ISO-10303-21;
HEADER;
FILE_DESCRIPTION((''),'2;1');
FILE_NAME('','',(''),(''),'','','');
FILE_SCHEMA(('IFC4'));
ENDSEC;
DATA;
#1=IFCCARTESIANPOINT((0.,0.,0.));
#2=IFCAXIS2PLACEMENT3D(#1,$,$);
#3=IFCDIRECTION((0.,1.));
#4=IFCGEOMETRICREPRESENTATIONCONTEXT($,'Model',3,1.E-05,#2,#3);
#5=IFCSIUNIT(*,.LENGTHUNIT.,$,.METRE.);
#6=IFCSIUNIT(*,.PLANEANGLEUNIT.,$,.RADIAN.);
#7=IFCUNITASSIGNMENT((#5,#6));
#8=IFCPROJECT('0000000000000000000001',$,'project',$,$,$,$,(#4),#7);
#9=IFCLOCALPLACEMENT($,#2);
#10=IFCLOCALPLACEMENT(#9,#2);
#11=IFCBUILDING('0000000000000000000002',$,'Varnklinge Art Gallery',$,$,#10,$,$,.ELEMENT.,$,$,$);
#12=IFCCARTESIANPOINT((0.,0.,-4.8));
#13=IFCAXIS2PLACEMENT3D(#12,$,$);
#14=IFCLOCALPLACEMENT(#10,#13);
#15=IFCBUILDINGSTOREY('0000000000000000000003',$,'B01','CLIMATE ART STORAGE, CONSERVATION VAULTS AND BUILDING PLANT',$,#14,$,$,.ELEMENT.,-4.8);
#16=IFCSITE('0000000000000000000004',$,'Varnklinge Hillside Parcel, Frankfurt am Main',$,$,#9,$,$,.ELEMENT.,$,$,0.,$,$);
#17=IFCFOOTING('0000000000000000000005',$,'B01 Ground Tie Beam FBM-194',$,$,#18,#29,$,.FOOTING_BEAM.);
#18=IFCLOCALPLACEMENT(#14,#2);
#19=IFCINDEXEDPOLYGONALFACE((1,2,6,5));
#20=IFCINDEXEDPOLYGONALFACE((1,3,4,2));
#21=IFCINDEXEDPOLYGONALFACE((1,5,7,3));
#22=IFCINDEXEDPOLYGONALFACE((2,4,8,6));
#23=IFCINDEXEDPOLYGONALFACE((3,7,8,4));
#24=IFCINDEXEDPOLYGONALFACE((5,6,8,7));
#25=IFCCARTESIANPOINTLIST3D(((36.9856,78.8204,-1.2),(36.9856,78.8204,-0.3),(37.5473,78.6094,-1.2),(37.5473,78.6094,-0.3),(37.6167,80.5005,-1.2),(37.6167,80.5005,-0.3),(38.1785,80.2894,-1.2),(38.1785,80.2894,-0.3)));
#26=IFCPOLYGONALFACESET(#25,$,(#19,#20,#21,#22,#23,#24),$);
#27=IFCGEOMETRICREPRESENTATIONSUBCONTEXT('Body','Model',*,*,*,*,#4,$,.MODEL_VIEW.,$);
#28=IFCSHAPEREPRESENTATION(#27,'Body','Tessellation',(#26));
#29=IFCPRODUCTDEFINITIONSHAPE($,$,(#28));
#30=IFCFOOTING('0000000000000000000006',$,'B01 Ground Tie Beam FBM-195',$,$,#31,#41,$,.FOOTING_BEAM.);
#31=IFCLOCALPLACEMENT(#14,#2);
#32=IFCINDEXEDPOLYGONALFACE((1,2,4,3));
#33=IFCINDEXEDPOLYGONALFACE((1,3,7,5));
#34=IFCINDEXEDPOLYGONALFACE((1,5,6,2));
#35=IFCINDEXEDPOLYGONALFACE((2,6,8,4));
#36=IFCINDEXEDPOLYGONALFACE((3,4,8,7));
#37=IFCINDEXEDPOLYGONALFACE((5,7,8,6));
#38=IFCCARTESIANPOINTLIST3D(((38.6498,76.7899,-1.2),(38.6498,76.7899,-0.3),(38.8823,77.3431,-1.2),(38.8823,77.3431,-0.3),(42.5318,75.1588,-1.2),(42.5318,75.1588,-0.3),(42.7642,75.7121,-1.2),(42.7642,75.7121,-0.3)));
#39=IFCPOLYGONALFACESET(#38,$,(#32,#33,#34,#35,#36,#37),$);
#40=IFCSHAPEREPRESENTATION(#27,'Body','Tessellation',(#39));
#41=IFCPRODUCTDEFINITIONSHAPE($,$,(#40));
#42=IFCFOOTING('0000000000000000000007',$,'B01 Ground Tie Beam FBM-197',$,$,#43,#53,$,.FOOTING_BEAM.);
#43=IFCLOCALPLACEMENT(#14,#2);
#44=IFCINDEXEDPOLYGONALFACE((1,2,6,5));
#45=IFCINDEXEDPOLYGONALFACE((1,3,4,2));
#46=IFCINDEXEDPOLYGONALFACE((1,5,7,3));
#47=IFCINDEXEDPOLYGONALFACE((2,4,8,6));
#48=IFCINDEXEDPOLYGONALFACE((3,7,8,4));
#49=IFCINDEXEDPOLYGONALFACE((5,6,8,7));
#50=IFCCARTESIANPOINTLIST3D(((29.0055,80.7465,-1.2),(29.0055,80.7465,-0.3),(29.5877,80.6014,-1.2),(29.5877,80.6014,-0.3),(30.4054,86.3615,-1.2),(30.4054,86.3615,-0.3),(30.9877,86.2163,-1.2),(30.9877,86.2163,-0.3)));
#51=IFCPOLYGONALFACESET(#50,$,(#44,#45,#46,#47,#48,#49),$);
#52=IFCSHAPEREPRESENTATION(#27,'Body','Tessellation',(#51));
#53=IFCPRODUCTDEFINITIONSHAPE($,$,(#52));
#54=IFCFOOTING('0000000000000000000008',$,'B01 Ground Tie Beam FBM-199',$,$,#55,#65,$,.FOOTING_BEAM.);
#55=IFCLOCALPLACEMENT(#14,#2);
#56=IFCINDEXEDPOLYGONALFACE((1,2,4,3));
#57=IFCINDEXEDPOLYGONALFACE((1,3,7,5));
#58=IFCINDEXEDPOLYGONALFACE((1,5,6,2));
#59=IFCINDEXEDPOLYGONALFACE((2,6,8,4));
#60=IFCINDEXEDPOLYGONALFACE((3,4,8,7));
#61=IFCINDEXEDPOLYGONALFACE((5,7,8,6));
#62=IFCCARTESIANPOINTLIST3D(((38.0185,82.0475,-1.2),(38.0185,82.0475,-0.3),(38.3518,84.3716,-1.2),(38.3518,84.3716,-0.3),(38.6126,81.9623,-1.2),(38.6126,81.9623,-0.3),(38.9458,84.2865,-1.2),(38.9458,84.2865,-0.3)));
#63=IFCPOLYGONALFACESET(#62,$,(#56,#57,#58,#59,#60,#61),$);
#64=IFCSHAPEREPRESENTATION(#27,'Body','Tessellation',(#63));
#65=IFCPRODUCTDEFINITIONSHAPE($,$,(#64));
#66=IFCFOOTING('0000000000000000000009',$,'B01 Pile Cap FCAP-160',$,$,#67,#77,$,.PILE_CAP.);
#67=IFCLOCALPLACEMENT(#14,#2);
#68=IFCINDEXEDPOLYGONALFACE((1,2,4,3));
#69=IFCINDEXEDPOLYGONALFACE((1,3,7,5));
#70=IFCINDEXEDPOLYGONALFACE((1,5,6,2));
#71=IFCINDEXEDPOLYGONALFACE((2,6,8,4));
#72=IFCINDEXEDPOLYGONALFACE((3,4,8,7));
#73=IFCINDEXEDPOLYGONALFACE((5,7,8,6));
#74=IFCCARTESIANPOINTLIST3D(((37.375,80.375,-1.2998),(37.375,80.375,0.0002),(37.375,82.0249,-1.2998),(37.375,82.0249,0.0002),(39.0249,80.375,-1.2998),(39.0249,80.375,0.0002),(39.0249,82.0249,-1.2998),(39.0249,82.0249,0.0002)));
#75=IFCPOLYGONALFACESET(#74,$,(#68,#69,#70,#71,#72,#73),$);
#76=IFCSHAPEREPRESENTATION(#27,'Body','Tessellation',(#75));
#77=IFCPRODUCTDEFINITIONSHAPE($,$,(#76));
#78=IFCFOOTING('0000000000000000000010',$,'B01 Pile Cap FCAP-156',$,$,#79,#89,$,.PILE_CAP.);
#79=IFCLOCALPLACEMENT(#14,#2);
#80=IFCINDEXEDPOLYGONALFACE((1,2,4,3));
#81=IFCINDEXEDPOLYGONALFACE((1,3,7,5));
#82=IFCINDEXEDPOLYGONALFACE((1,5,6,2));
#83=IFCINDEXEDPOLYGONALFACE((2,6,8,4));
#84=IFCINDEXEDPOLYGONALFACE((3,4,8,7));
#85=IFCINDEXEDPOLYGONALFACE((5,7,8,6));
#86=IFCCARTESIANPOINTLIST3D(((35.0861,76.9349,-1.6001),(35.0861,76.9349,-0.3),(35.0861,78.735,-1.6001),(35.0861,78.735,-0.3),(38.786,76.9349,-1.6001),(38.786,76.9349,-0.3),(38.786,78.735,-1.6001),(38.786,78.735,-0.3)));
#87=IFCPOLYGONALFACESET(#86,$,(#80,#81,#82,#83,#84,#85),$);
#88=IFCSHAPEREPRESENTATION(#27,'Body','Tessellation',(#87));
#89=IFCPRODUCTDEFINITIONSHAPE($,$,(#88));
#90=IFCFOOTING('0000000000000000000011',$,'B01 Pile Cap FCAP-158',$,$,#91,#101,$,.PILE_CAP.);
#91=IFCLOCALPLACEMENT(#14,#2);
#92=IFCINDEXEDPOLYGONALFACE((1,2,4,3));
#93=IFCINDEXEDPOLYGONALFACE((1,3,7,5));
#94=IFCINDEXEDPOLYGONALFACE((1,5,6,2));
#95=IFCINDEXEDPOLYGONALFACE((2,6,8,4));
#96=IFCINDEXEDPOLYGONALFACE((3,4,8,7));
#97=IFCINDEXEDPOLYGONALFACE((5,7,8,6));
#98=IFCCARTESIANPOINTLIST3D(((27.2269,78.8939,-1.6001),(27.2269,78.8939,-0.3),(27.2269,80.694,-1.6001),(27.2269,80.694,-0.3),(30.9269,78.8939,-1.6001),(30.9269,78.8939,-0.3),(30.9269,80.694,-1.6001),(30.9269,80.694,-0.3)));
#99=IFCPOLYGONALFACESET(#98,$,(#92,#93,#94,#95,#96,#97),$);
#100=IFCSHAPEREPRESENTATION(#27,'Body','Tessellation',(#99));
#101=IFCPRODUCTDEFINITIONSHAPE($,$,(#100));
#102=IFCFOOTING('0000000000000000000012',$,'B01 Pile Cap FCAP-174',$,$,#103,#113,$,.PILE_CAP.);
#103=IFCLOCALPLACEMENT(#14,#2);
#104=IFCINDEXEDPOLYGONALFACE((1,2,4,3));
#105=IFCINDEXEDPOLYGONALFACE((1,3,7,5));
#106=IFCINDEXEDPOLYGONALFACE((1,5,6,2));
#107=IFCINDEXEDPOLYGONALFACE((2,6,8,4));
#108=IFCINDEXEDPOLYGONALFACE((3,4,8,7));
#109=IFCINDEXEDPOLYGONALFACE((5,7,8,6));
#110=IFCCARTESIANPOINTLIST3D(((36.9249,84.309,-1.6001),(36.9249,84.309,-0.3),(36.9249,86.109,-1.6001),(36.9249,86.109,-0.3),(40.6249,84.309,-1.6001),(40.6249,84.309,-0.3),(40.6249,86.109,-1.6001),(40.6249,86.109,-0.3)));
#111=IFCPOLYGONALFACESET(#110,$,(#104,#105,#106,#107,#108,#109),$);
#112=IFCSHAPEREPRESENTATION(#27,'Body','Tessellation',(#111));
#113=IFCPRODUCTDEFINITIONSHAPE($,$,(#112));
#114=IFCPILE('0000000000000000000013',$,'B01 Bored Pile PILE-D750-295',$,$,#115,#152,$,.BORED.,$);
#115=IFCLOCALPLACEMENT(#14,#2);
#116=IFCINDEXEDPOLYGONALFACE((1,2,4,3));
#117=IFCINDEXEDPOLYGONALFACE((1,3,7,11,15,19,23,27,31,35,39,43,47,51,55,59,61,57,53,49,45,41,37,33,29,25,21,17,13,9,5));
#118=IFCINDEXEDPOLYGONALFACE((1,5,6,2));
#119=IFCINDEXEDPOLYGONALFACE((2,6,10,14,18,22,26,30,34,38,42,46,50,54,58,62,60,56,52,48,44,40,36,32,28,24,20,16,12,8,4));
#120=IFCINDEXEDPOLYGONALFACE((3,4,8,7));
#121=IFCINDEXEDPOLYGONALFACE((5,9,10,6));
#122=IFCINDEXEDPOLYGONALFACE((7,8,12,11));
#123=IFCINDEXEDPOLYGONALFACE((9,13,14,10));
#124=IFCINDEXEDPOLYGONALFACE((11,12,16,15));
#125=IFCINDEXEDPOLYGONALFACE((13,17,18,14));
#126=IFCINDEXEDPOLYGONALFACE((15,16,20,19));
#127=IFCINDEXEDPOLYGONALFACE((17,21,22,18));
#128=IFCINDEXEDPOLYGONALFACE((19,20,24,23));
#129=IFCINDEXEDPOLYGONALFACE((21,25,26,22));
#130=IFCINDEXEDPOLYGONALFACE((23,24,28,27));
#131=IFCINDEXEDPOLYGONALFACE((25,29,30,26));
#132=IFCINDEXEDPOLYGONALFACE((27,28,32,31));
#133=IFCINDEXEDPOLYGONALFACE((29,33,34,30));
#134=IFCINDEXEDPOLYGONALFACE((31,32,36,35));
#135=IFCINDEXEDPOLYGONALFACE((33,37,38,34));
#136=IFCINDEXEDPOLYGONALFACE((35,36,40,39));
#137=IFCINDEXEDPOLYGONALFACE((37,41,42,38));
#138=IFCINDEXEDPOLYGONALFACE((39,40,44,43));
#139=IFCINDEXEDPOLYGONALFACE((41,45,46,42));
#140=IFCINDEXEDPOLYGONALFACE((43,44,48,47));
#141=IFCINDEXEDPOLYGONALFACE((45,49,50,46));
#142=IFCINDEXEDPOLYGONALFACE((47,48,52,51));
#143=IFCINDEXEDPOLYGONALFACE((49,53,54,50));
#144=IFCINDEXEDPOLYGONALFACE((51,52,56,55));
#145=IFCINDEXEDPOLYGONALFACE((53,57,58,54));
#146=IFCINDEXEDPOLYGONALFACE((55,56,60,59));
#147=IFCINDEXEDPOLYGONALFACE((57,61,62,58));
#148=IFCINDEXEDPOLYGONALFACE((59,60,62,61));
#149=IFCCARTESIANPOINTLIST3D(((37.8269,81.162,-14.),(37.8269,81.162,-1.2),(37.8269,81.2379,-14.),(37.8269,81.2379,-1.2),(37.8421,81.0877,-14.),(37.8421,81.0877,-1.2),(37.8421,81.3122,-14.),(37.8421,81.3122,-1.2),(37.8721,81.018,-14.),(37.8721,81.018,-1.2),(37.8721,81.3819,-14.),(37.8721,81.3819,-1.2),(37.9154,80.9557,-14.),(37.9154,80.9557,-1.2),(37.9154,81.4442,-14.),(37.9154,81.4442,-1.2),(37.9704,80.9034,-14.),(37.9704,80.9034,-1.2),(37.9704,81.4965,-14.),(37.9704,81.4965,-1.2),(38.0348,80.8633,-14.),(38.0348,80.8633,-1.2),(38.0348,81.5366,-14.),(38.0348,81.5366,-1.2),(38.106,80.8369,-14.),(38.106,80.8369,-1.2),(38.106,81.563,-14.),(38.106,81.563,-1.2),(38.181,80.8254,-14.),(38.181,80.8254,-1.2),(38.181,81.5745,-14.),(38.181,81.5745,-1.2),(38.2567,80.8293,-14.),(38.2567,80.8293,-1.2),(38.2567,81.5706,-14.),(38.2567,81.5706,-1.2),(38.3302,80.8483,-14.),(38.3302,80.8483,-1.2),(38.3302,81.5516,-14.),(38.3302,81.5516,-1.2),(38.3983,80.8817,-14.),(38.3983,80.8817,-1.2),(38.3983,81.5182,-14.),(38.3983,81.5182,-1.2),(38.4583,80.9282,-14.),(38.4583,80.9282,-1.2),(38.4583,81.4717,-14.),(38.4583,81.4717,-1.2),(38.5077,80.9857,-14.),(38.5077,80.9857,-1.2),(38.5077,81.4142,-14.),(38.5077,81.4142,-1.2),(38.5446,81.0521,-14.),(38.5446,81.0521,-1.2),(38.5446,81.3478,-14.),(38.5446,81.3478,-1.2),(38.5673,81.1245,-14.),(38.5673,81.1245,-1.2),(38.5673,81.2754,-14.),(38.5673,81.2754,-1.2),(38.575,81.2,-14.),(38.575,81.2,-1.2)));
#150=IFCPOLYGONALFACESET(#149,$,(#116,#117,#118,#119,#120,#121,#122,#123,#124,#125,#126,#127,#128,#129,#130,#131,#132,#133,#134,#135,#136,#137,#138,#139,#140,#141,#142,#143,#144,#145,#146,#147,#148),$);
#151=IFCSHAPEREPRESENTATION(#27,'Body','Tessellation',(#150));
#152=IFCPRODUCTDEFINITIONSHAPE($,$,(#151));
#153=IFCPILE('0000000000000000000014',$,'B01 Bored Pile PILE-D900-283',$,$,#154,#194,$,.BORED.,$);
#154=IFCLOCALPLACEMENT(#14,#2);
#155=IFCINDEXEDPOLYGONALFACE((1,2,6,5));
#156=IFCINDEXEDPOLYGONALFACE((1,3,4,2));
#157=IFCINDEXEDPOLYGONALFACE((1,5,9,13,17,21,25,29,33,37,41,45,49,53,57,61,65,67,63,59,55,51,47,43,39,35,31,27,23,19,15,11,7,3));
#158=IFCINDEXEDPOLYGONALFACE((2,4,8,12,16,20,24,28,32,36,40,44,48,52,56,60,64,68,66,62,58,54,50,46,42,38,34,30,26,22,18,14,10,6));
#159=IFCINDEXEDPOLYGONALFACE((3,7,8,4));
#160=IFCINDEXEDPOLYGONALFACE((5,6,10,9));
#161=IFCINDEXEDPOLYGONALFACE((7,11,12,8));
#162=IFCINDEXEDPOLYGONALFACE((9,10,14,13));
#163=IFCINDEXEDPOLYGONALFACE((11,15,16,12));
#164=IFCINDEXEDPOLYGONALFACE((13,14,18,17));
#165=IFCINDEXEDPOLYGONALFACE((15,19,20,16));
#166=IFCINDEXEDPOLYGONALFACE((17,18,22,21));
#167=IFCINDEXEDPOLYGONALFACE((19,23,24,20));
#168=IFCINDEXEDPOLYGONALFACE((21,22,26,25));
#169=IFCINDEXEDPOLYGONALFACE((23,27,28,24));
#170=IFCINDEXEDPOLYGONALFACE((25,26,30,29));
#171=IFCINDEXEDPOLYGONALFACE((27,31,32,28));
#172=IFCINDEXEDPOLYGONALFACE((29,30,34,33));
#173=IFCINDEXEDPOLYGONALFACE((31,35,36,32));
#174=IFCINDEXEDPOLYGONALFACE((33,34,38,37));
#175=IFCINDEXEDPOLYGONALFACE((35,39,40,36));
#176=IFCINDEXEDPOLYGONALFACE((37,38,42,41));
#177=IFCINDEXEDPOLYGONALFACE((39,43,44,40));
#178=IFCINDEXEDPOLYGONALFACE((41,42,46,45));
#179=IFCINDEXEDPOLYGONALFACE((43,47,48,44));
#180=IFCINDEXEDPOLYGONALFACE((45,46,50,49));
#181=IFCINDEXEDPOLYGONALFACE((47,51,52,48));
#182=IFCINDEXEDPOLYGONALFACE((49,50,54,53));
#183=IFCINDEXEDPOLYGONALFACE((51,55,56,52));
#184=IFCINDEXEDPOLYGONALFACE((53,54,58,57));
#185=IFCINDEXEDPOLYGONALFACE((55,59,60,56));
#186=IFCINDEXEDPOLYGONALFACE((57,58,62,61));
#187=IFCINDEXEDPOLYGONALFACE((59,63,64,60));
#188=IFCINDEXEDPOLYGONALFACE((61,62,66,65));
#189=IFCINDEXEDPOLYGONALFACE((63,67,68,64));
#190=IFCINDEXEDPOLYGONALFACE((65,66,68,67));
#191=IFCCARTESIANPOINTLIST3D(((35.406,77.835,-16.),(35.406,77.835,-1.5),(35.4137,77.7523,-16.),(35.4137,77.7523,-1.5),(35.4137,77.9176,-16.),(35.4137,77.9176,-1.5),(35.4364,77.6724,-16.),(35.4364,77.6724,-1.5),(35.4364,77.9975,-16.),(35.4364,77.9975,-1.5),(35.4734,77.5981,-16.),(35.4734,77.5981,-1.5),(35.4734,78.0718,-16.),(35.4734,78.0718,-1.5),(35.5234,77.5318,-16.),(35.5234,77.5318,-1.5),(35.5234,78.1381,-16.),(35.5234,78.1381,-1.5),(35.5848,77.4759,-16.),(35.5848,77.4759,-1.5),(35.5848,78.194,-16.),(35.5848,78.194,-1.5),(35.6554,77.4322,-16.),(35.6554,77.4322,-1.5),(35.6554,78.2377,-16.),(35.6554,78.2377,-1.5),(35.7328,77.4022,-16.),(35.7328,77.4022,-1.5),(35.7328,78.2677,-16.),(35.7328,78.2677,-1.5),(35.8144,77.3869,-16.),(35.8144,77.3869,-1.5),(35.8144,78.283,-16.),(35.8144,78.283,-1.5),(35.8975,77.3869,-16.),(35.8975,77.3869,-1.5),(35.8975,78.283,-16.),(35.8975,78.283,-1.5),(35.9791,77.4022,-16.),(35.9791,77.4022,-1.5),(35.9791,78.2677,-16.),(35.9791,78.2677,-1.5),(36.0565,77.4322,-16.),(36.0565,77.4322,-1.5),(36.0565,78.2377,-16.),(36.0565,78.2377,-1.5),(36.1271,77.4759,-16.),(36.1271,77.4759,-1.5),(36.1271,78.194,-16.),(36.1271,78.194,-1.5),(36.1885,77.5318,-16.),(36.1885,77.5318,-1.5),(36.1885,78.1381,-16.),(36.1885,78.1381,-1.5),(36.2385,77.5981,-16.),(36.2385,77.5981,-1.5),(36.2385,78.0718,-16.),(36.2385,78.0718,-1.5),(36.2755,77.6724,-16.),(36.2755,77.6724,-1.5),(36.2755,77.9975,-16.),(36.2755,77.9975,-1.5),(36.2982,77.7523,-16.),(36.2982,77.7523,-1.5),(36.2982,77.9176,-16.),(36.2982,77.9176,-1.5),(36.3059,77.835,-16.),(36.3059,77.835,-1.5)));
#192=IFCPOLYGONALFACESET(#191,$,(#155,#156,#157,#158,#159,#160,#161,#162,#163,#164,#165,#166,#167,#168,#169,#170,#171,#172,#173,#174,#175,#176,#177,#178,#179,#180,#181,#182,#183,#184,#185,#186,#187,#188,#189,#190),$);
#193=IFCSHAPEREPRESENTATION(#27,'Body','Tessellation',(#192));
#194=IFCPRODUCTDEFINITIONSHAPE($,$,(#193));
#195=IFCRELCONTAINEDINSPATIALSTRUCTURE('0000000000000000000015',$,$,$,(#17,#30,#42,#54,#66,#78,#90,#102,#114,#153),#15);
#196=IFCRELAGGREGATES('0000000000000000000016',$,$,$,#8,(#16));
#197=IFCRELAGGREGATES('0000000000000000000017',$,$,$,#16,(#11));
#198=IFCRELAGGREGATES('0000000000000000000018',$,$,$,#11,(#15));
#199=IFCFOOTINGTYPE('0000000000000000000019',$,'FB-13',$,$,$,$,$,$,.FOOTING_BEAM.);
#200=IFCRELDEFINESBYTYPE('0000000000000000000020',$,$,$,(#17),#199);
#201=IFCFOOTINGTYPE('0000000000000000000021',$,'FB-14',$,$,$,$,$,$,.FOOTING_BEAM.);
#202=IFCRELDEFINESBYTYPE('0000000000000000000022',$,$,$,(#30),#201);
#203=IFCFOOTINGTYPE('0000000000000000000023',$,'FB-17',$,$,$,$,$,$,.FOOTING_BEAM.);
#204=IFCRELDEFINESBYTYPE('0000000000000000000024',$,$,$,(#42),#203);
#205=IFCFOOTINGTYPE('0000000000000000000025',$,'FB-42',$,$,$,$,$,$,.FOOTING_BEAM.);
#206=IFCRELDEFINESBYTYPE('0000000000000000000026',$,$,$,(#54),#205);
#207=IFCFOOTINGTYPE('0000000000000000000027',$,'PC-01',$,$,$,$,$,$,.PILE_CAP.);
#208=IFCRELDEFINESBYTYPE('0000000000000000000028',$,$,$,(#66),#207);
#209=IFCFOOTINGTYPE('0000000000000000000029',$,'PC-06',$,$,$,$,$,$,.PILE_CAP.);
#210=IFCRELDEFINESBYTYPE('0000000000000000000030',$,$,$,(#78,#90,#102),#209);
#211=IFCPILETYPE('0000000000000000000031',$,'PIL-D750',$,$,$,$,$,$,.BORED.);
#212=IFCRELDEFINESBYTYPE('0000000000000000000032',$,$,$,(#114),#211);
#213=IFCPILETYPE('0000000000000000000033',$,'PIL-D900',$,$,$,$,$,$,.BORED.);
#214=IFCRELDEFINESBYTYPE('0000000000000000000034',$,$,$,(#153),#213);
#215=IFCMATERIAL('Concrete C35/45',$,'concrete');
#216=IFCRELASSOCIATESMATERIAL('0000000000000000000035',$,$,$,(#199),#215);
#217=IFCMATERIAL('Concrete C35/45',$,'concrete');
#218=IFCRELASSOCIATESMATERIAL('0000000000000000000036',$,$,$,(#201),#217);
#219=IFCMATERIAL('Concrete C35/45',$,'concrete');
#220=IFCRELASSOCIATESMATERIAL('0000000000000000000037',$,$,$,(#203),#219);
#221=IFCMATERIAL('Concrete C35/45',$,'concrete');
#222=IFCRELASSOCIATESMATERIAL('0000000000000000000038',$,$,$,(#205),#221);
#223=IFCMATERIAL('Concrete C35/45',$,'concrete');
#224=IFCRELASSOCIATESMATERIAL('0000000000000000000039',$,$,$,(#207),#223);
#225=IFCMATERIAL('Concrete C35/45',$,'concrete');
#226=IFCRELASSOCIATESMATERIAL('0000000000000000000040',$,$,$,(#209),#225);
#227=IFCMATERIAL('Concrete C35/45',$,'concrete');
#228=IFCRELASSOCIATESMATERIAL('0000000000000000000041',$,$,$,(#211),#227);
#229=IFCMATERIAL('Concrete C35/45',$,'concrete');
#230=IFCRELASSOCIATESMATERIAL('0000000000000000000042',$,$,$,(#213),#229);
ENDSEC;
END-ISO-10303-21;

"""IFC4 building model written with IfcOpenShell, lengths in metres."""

from ifc_helpers import new_model, si_unit, direction, frame, origin, origin_2d, place, context, subcontext, project, spatial, rectangle, circle, extrude, material, material_profile, profile_set, type_object, element, save


model = new_model("IFC4")

# Units and contexts
model_context = context("Model", 3, precision=1e-05, world=origin(), true_north=direction((0.0, 1.0)))
body_context = subcontext(model_context, "Body", "Model", "MODEL_VIEW")
ifc_project = project(units=[si_unit("LENGTHUNIT", "METRE"), si_unit("PLANEANGLEUNIT", "RADIAN")], contexts=[model_context])

# Site, building, storey
site_placement = place(None, origin())
site = spatial("IfcSite", under=ifc_project, at=site_placement, Name="Varnklinge Hillside Parcel, Frankfurt am Main", CompositionType="ELEMENT", RefElevation=0.0)
building_placement = place(site_placement, origin())
building = spatial("IfcBuilding", under=site, at=building_placement, Name="Varnklinge Art Gallery", CompositionType="ELEMENT")
storey_placement = place(building_placement, frame((0.0, 0.0, -4.8)))
storey = spatial("IfcBuildingStorey", under=building, at=storey_placement, Name="B01", Description="CLIMATE ART STORAGE, CONSERVATION VAULTS AND BUILDING PLANT", CompositionType="ELEMENT", Elevation=-4.8)

# Footings
ifc_material_1 = material(Name="Concrete C35/45", Category="concrete")
footing_type_1 = type_object("IfcFootingType", Name="FB-13", PredefinedType="FOOTING_BEAM", material=ifc_material_1)
footing_1_placement = place(storey_placement, frame((37.582, 79.5549, -1.2), z_axis=(0.0, 0.0, 1.0), x_axis=(0.351678, 0.936121, 0.0)))
element("IfcFooting", 1, at=footing_1_placement, inside=storey, type_object=footing_type_1, Name="B01 Ground Tie Beam FBM-194", PredefinedType="FOOTING_BEAM", context=body_context, shape_type="SweptSolid", body=[
    extrude(rectangle(XDim=1.7947, YDim=0.6001, at=origin_2d()), origin(), (0.0, 0.0, 1.0), 0.8999),
])
ifc_material_2 = material(Name="Concrete C35/45", Category="concrete")
footing_type_2 = type_object("IfcFootingType", Name="FB-14", PredefinedType="FOOTING_BEAM", material=ifc_material_2)
footing_2_placement = place(storey_placement, frame((40.707, 76.251, -1.2), z_axis=(0.0, 0.0, 1.0), x_axis=(0.921931, -0.387355, 0.0)))
element("IfcFooting", 2, at=footing_2_placement, inside=storey, type_object=footing_type_2, Name="B01 Ground Tie Beam FBM-195", PredefinedType="FOOTING_BEAM", context=body_context, shape_type="SweptSolid", body=[
    extrude(rectangle(XDim=4.2107, YDim=0.6001, at=origin_2d()), origin(), (0.0, 0.0, 1.0), 0.8999),
])
ifc_material_3 = material(Name="Concrete C35/45", Category="concrete")
footing_type_3 = type_object("IfcFootingType", Name="FB-17", PredefinedType="FOOTING_BEAM", material=ifc_material_3)
footing_3_placement = place(storey_placement, frame((29.9966, 83.4814, -1.2), z_axis=(0.0, 0.0, 1.0), x_axis=(0.241922, 0.970296, 0.0)))
element("IfcFooting", 3, at=footing_3_placement, inside=storey, type_object=footing_type_3, Name="B01 Ground Tie Beam FBM-197", PredefinedType="FOOTING_BEAM", context=body_context, shape_type="SweptSolid", body=[
    extrude(rectangle(XDim=5.7869, YDim=0.6001, at=origin_2d()), origin(), (0.0, 0.0, 1.0), 0.8999),
])
ifc_material_4 = material(Name="Concrete C35/45", Category="concrete")
footing_type_4 = type_object("IfcFootingType", Name="FB-42", PredefinedType="FOOTING_BEAM", material=ifc_material_4)
footing_4_placement = place(storey_placement, frame((38.4822, 83.167, -1.2), z_axis=(0.0, 0.0, 1.0), x_axis=(0.141938, 0.989876, 0.0)))
element("IfcFooting", 4, at=footing_4_placement, inside=storey, type_object=footing_type_4, Name="B01 Ground Tie Beam FBM-199", PredefinedType="FOOTING_BEAM", context=body_context, shape_type="SweptSolid", body=[
    extrude(rectangle(XDim=2.3479, YDim=0.6001, at=origin_2d()), origin(), (0.0, 0.0, 1.0), 0.8999),
])
ifc_material_5 = material(Name="Concrete C35/45", Category="concrete")
footing_type_5 = type_object("IfcFootingType", Name="PC-01", PredefinedType="PILE_CAP", material=ifc_material_5)
footing_5_placement = place(storey_placement, frame((38.2, 81.2, -1.2998), z_axis=(0.0, 0.0, 1.0), x_axis=(1.0, 0.0, 0.0)))
element("IfcFooting", 5, at=footing_5_placement, inside=storey, type_object=footing_type_5, Name="B01 Pile Cap FCAP-160", PredefinedType="PILE_CAP", context=body_context, shape_type="SweptSolid", body=[
    extrude(rectangle(XDim=1.6499, YDim=1.6499, at=origin_2d()), origin(), (0.0, 0.0, 1.0), 1.3),
])
ifc_material_6 = material(Name="Concrete C35/45", Category="concrete")
footing_type_6 = type_object("IfcFootingType", Name="PC-06", PredefinedType="PILE_CAP", material=ifc_material_6)
for number, where, z_axis, x_axis, name in (
    (6, (36.936, 77.835, -1.6001), (0.0, 0.0, 1.0), (1.0, 0.0, 0.0), "B01 Pile Cap FCAP-156"),
    (7, (29.0769, 79.7939, -1.6001), (0.0, 0.0, 1.0), (1.0, 0.0, 0.0), "B01 Pile Cap FCAP-158"),
    (8, (38.7749, 85.209, -1.6001), (0.0, 0.0, 1.0), (1.0, 0.0, 0.0), "B01 Pile Cap FCAP-174"),
):
    element("IfcFooting", number, at=place(storey_placement, frame(where, z_axis=z_axis, x_axis=x_axis)), inside=storey, type_object=footing_type_6, Name=name, PredefinedType="PILE_CAP", context=body_context, shape_type="SweptSolid", body=[
        extrude(rectangle(XDim=3.7, YDim=1.8, at=origin_2d()), origin(), (0.0, 0.0, 1.0), 1.3),
    ])

# Piles
ifc_material_7 = material(Name="Concrete C35/45", Category="concrete")
ifc_material_profile_1 = material_profile(ifc_material_7, circle(Radius=0.375, at=origin_2d()), Name="PILE D750")
ifc_profile_set_1 = profile_set([ifc_material_profile_1], Name="Concrete C35/45")
pile_type_1 = type_object("IfcPileType", Name="PIL-D750", PredefinedType="BORED", material=ifc_profile_set_1)
pile_placement = place(storey_placement, frame((38.2, 81.2, -1.2), z_axis=(0.0, 0.0, -1.0), x_axis=(1.0, 0.0, 0.0)))
element("IfcPile", 9, at=pile_placement, inside=storey, type_object=pile_type_1, Name="B01 Bored Pile PILE-D750-295", PredefinedType="BORED", context=body_context, shape_type="SweptSolid", body=[
    extrude(circle(Radius=0.375, at=origin_2d()), origin(), (0.0, 0.0, 1.0), 12.8),
])
ifc_material_8 = material(Name="Concrete C35/45", Category="concrete")
ifc_material_profile_2 = material_profile(ifc_material_8, circle(Radius=0.45, at=origin_2d()), Name="PILE D900")
ifc_profile_set_2 = profile_set([ifc_material_profile_2], Name="Concrete C35/45")
pile_type_2 = type_object("IfcPileType", Name="PIL-D900", PredefinedType="BORED", material=ifc_profile_set_2)
for number, where, z_axis, x_axis, name in (
    (10, (35.856, 77.835, -1.5), (0.0, 0.0, -1.0), (1.0, 0.0, 0.0), "B01 Bored Pile PILE-D900-283"),
):
    element("IfcPile", number, at=place(storey_placement, frame(where, z_axis=z_axis, x_axis=x_axis)), inside=storey, type_object=pile_type_2, Name=name, PredefinedType="BORED", context=body_context, shape_type="SweptSolid", body=[
        extrude(circle(Radius=0.45, at=origin_2d()), origin(), (0.0, 0.0, 1.0), 14.5),
    ])

save(model, "model.ifc")
